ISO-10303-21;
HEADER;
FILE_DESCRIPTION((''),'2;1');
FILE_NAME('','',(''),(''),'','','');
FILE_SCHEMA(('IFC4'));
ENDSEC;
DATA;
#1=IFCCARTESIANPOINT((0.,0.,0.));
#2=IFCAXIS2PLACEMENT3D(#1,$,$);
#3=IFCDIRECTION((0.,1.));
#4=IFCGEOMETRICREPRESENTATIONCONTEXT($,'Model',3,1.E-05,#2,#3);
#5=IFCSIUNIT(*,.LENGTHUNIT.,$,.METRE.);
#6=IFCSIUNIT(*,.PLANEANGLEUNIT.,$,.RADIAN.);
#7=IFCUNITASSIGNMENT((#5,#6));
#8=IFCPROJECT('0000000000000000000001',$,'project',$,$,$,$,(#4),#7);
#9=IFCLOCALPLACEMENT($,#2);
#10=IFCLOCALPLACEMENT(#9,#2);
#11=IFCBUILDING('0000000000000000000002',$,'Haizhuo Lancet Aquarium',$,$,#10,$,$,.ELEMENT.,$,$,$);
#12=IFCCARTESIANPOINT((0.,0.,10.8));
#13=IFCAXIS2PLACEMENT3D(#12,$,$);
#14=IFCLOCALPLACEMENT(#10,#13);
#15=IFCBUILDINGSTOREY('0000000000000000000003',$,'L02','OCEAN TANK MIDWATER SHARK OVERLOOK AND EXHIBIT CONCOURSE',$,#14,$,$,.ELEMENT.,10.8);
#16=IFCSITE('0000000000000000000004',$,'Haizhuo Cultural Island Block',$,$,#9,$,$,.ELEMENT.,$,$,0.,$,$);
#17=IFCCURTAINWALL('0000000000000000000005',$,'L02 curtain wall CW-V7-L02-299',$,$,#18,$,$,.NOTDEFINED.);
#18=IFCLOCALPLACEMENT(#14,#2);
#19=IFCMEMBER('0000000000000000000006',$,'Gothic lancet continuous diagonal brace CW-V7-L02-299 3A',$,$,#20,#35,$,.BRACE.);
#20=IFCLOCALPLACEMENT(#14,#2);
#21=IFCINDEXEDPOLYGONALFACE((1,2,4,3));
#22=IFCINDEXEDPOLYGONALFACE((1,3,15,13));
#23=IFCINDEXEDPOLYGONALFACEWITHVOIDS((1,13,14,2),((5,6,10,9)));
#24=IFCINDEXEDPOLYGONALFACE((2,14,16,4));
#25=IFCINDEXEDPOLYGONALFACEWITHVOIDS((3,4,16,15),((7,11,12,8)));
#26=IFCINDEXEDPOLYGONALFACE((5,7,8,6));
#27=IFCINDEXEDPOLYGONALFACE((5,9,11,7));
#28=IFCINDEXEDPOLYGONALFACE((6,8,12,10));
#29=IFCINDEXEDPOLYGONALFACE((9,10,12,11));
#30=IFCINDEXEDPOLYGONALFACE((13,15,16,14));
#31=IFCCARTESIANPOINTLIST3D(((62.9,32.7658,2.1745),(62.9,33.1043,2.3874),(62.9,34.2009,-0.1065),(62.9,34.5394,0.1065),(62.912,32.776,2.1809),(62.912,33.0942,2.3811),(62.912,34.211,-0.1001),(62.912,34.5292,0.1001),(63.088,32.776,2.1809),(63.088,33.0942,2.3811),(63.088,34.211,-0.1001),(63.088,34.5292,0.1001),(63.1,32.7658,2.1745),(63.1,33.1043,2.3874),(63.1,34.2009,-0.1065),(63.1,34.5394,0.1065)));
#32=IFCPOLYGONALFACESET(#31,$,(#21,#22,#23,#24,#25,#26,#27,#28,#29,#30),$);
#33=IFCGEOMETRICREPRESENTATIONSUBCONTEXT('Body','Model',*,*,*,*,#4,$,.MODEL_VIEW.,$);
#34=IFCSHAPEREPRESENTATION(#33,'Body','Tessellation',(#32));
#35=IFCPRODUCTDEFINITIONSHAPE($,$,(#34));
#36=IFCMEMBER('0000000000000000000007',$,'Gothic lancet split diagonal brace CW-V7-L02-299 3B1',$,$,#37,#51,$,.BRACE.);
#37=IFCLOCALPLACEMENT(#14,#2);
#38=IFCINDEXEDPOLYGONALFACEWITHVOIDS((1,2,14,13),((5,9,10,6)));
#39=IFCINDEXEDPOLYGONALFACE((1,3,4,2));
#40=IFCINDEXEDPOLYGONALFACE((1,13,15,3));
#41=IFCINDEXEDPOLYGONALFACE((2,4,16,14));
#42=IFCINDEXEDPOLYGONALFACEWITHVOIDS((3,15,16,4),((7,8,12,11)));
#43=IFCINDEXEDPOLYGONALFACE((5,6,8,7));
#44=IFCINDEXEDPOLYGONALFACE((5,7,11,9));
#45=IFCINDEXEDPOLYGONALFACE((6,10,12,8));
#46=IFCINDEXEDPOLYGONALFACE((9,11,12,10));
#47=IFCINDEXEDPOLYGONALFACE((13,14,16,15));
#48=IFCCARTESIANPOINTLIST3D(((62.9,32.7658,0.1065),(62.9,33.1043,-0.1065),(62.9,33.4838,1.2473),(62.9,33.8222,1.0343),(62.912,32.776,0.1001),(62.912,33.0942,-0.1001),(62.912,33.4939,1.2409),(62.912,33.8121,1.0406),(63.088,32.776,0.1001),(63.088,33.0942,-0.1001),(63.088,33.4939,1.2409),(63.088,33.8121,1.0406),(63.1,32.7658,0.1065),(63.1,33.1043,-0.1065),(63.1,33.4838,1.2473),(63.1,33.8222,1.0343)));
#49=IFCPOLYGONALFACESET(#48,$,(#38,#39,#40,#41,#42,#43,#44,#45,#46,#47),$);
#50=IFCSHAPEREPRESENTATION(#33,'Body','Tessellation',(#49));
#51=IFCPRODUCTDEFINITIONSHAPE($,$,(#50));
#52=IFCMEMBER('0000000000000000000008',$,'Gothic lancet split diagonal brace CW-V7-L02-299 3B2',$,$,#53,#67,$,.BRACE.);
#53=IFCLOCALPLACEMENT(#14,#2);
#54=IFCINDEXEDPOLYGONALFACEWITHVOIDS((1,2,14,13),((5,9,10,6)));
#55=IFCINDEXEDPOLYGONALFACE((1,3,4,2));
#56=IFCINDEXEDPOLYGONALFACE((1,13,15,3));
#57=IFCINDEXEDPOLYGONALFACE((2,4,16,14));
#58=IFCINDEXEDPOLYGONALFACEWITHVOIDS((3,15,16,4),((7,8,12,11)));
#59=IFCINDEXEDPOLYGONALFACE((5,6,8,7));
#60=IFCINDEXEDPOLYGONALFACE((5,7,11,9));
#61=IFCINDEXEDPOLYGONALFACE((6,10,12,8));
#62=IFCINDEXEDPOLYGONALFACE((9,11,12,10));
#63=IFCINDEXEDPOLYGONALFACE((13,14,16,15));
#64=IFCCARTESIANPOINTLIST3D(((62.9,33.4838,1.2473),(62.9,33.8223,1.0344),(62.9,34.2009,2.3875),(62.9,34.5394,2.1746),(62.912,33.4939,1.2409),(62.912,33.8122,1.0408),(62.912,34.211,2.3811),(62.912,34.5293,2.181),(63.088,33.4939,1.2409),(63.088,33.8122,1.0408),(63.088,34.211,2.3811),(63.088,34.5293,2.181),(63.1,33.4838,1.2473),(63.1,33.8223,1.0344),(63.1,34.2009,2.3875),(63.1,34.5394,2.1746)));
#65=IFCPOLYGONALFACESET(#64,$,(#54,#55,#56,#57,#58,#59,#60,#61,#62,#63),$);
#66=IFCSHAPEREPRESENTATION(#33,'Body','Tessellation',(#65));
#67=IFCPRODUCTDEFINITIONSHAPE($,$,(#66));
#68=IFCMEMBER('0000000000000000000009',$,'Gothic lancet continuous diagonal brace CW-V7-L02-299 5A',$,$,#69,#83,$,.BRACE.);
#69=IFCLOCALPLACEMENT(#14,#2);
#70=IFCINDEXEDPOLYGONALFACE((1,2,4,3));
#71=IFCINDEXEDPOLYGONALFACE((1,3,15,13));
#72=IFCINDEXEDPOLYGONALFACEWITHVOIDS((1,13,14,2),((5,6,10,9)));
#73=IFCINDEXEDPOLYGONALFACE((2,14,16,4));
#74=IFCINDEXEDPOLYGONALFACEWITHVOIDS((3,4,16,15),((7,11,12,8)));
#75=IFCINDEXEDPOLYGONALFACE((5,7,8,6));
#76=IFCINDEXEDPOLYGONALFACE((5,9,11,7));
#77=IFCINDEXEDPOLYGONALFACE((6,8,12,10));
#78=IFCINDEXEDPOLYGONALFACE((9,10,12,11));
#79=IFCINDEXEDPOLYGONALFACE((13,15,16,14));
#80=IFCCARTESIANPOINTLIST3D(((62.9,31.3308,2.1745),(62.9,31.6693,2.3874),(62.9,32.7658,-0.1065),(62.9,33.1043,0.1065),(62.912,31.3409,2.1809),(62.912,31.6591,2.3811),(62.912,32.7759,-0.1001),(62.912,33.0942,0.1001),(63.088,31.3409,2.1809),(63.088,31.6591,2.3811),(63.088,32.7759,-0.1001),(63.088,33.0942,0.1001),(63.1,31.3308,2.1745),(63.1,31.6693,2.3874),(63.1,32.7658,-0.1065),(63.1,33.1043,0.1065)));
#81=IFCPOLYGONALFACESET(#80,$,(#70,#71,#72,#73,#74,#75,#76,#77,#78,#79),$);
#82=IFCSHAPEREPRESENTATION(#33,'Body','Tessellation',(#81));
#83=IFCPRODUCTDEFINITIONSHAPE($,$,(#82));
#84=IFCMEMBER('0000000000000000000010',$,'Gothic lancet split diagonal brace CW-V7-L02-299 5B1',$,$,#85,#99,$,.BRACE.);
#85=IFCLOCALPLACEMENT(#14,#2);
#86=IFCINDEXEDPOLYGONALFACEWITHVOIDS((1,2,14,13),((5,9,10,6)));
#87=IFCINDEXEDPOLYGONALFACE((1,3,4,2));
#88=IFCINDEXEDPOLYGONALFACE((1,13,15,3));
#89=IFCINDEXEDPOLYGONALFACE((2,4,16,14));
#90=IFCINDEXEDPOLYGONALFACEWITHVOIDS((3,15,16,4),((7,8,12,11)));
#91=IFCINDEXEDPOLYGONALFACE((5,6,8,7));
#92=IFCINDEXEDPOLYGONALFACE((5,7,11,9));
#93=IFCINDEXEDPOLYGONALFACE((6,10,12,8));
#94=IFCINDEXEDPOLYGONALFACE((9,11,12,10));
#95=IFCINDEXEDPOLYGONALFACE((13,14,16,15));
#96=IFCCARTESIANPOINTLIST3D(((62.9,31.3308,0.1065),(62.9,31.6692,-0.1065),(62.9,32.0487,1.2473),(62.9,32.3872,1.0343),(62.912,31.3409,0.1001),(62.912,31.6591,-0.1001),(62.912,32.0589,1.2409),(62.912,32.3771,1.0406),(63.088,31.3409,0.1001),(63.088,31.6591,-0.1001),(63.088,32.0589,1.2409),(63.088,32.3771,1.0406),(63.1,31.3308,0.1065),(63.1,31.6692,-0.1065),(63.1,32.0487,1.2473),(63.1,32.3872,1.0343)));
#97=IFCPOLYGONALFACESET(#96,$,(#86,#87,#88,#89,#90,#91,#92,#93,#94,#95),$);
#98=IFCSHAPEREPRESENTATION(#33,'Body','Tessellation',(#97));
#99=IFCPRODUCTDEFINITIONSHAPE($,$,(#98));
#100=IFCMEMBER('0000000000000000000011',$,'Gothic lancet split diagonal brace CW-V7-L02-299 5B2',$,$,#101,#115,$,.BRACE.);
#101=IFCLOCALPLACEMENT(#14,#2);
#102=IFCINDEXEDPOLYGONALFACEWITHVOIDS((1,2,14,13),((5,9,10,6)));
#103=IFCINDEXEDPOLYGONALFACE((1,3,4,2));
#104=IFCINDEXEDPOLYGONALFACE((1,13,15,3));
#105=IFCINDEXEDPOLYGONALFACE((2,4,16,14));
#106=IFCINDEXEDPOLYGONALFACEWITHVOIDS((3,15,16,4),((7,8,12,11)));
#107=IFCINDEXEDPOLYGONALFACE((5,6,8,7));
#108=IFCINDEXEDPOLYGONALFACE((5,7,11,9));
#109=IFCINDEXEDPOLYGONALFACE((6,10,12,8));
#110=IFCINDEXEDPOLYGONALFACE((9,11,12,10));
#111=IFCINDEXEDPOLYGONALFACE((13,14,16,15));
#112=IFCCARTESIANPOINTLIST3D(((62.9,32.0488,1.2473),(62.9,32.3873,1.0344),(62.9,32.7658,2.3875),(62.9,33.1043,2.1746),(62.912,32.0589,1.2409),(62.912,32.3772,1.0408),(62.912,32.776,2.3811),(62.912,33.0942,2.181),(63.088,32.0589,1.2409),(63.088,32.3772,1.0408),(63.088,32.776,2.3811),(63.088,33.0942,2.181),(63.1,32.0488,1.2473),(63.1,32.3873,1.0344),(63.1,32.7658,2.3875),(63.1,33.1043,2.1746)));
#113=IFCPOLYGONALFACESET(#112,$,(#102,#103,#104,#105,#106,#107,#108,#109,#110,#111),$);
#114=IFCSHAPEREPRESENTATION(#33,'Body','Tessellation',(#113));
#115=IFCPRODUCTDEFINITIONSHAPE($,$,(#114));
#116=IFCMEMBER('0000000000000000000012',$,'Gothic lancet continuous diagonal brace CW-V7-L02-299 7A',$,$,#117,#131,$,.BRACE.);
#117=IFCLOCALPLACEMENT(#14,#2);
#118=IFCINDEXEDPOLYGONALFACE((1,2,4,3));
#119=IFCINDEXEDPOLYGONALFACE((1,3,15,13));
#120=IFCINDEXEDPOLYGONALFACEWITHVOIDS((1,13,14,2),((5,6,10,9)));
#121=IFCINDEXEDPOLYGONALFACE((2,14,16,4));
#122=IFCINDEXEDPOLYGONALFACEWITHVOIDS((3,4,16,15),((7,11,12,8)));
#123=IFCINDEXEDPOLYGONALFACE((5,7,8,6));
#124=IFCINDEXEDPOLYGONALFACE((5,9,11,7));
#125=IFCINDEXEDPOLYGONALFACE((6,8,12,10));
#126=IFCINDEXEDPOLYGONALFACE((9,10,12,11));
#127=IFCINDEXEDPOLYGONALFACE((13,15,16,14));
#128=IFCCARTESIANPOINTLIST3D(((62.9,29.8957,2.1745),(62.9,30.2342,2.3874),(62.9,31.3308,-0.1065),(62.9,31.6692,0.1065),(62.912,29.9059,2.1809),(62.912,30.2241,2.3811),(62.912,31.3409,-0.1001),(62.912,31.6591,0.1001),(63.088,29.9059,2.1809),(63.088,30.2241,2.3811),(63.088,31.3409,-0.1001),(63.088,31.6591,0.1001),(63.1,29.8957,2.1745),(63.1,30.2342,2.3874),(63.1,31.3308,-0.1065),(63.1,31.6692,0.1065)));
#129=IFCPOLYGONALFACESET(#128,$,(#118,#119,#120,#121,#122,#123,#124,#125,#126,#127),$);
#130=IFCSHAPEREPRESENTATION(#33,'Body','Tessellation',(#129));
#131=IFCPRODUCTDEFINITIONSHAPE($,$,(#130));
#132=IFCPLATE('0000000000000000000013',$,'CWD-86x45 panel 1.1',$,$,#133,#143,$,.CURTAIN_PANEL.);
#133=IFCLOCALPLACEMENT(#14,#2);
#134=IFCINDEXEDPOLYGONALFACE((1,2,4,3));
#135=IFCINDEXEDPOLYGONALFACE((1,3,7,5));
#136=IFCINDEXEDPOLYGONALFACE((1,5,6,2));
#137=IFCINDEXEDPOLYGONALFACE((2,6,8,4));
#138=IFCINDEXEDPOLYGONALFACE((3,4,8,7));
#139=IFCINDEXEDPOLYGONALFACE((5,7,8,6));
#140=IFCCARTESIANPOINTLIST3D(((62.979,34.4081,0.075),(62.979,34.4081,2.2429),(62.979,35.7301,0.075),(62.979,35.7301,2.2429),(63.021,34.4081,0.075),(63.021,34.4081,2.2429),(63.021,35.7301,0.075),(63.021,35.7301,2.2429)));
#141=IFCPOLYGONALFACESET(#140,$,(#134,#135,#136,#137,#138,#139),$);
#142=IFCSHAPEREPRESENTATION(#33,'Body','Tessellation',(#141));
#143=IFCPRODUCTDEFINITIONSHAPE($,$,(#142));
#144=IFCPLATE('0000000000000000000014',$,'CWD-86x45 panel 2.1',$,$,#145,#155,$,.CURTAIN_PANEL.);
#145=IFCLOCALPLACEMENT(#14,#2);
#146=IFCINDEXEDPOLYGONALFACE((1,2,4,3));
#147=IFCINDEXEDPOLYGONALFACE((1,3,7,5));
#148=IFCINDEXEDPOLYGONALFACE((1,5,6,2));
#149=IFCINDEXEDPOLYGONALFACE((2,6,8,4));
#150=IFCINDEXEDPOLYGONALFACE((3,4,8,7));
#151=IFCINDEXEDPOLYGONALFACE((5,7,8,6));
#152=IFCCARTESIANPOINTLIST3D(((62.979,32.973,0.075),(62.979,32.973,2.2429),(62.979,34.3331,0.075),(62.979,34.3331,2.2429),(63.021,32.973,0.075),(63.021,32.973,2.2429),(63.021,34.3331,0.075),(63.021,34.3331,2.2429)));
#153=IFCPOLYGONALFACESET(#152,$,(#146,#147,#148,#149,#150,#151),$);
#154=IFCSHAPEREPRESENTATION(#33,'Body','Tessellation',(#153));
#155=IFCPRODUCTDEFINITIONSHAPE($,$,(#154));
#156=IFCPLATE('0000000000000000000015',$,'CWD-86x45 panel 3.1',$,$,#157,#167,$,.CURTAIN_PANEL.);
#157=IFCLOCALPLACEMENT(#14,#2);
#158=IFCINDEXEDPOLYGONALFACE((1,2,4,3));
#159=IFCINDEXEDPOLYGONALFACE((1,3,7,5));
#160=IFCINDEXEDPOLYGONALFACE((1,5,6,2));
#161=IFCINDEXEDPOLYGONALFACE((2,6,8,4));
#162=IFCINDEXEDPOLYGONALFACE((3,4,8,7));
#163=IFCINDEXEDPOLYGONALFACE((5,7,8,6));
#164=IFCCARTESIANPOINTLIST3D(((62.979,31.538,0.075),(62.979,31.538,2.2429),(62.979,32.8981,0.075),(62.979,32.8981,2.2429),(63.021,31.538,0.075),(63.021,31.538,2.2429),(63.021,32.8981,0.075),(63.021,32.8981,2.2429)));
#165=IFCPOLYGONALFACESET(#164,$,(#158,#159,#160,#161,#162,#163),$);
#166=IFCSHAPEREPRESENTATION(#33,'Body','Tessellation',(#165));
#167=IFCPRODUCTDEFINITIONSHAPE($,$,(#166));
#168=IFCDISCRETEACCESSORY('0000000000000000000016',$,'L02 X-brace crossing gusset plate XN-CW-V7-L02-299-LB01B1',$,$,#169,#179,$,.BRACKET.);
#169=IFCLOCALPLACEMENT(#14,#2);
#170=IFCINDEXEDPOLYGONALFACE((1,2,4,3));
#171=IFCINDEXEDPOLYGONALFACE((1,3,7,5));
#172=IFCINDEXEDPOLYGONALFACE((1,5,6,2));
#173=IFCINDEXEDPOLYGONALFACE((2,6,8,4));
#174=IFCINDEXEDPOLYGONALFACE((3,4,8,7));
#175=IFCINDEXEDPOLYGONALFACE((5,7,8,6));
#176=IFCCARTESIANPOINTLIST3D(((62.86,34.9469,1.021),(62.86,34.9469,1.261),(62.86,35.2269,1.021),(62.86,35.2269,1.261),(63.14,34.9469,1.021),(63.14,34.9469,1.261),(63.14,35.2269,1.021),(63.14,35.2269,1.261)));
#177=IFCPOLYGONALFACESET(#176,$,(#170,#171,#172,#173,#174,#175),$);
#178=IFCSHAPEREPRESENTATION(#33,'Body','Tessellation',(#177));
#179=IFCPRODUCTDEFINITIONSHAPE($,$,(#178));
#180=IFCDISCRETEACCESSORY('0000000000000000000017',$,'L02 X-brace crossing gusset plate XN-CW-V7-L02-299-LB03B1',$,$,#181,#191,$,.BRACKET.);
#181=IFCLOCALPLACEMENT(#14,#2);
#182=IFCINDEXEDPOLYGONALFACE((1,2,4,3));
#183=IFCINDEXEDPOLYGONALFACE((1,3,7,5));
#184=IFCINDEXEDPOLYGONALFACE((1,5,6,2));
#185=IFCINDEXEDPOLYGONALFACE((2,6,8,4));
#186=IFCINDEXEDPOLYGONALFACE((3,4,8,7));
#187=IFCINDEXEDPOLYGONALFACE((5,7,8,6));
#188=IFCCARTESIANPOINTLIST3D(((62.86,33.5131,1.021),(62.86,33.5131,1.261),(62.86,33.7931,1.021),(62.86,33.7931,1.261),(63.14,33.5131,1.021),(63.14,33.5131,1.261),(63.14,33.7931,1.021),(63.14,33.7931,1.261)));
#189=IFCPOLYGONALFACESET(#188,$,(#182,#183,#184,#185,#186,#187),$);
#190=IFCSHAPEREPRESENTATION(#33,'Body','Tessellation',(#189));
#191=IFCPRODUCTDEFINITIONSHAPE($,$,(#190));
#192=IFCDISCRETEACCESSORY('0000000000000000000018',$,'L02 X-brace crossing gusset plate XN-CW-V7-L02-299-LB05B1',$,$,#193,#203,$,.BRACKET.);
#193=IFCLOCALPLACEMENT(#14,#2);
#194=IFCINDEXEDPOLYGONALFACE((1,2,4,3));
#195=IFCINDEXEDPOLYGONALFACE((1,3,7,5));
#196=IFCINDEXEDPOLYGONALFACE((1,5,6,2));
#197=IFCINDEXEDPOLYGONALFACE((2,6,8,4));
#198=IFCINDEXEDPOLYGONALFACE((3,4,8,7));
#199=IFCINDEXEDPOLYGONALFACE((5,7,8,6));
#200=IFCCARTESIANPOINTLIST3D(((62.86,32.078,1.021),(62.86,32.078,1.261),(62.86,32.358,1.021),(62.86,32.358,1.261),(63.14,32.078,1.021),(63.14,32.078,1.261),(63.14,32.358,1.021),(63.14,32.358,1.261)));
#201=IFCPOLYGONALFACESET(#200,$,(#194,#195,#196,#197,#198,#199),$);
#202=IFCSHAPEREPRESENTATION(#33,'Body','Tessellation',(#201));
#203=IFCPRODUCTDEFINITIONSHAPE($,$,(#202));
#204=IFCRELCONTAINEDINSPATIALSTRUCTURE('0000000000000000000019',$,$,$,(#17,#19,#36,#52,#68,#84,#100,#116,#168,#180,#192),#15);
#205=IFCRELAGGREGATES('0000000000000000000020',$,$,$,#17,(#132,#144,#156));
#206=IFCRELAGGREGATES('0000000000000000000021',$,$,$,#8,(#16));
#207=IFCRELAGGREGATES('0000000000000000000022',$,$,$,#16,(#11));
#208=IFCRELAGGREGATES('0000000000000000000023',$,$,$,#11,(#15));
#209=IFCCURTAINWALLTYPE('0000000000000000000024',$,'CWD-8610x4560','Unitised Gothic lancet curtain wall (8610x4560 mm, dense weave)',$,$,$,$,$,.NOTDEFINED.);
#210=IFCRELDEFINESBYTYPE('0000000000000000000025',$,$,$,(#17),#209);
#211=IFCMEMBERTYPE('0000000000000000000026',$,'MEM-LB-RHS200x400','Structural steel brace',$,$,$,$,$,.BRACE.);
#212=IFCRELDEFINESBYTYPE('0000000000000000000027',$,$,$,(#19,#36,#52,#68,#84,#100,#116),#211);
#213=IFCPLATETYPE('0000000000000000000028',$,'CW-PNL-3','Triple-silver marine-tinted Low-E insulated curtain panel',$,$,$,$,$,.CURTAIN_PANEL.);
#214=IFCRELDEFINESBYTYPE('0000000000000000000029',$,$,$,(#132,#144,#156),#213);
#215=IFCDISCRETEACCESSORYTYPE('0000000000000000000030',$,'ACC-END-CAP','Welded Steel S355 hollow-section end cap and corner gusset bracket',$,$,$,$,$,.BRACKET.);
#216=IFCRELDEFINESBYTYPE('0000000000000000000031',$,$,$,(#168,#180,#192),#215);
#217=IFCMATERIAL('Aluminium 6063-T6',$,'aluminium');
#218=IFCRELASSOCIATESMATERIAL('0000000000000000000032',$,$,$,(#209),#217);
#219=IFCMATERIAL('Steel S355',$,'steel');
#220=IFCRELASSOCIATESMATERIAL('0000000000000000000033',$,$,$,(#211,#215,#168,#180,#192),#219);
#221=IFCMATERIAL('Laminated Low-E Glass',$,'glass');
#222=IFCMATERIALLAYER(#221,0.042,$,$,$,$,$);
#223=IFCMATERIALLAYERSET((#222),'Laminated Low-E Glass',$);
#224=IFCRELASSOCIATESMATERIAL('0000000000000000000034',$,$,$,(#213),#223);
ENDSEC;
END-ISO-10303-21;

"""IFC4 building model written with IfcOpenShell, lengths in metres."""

from ifc_helpers import new_model, si_unit, direction, frame, origin, origin_2d, place, context, subcontext, project, spatial, rectangle, hollow_rectangle, extrude, material, layer, layer_set, material_profile, profile_set, type_object, element, aggregate, save


model = new_model("IFC4")

# Units and contexts
model_context = context("Model", 3, precision=1e-05, world=origin(), true_north=direction((0.0, 1.0)))
body_context = subcontext(model_context, "Body", "Model", "MODEL_VIEW")
ifc_project = project(units=[si_unit("LENGTHUNIT", "METRE"), si_unit("PLANEANGLEUNIT", "RADIAN")], contexts=[model_context])

# Site, building, storey
site_placement = place(None, origin())
site = spatial("IfcSite", under=ifc_project, at=site_placement, Name="Haizhuo Cultural Island Block", CompositionType="ELEMENT", RefElevation=0.0)
building_placement = place(site_placement, origin())
building = spatial("IfcBuilding", under=site, at=building_placement, Name="Haizhuo Lancet Aquarium", CompositionType="ELEMENT")
storey_placement = place(building_placement, frame((0.0, 0.0, 10.8)))
storey = spatial("IfcBuildingStorey", under=building, at=storey_placement, Name="L02", Description="OCEAN TANK MIDWATER SHARK OVERLOOK AND EXHIBIT CONCOURSE", CompositionType="ELEMENT", Elevation=10.8)

# Curtain wall
ifc_material_1 = material(Name="Aluminium 6063-T6", Category="aluminium")
curtain_wall_type = type_object("IfcCurtainWallType", Name="CWD-8610x4560", Description="Unitised Gothic lancet curtain wall (8610x4560 mm, dense weave)", PredefinedType="NOTDEFINED", material=ifc_material_1)
curtain_wall_placement = place(storey_placement, origin())
curtain_wall = element("IfcCurtainWall", 1, at=curtain_wall_placement, inside=storey, type_object=curtain_wall_type, Name="L02 curtain wall CW-V7-L02-299", PredefinedType="NOTDEFINED")

# Members
ifc_material_2 = material(Name="Steel S355", Category="steel")
ifc_material_profile_1 = material_profile(ifc_material_2, hollow_rectangle(XDim=0.2, YDim=0.3999, WallThickness=0.012, at=origin_2d()), Name="RHS 200x400x12")
ifc_profile_set_1 = profile_set([ifc_material_profile_1], Name="Steel S355")
member_type_1 = type_object("IfcMemberType", Name="MEM-LB-RHS200x400", Description="Structural steel brace", PredefinedType="BRACE", material=ifc_profile_set_1)
member_1_placement = place(storey_placement, frame((63.0, 34.3701, 0.0), z_axis=(0.0, -0.532513, 0.846422), x_axis=(1.0, 0.0, 0.0)))
element("IfcMember", 2, at=member_1_placement, inside=storey, type_object=member_type_1, Name="Gothic lancet continuous diagonal brace CW-V7-L02-299 3A", PredefinedType="BRACE", context=body_context, shape_type="SweptSolid", body=[
    extrude(hollow_rectangle(XDim=0.2, YDim=0.3999, WallThickness=0.012, at=origin_2d()), origin(), (0.0, 0.0, 1.0), 2.6948),
])
member_2_placement = place(storey_placement, frame((63.0, 32.9351, 0.0), z_axis=(0.0, 0.53265, 0.846336), x_axis=(-1.0, 0.0, 0.0)))
element("IfcMember", 3, at=member_2_placement, inside=storey, type_object=member_type_1, Name="Gothic lancet split diagonal brace CW-V7-L02-299 3B1", PredefinedType="BRACE", context=body_context, shape_type="SweptSolid", body=[
    extrude(hollow_rectangle(XDim=0.2, YDim=0.3999, WallThickness=0.012, at=origin_2d()), origin(), (0.0, 0.0, 1.0), 1.3479),
])
member_3_placement = place(storey_placement, frame((63.0, 33.6531, 1.1409), z_axis=(0.0, 0.532376, 0.846508), x_axis=(-1.0, 0.0, 0.0)))
element("IfcMember", 4, at=member_3_placement, inside=storey, type_object=member_type_1, Name="Gothic lancet split diagonal brace CW-V7-L02-299 3B2", PredefinedType="BRACE", context=body_context, shape_type="SweptSolid", body=[
    extrude(hollow_rectangle(XDim=0.2, YDim=0.3999, WallThickness=0.012, at=origin_2d()), origin(), (0.0, 0.0, 1.0), 1.3469),
])
member_4_placement = place(storey_placement, frame((63.0, 32.9351, 0.0), z_axis=(0.0, -0.532513, 0.846422), x_axis=(1.0, 0.0, 0.0)))
element("IfcMember", 5, at=member_4_placement, inside=storey, type_object=member_type_1, Name="Gothic lancet continuous diagonal brace CW-V7-L02-299 5A", PredefinedType="BRACE", context=body_context, shape_type="SweptSolid", body=[
    extrude(hollow_rectangle(XDim=0.2, YDim=0.3999, WallThickness=0.012, at=origin_2d()), origin(), (0.0, 0.0, 1.0), 2.6948),
])
member_5_placement = place(storey_placement, frame((63.0, 31.5, 0.0), z_axis=(0.0, 0.53265, 0.846336), x_axis=(-1.0, 0.0, 0.0)))
element("IfcMember", 6, at=member_5_placement, inside=storey, type_object=member_type_1, Name="Gothic lancet split diagonal brace CW-V7-L02-299 5B1", PredefinedType="BRACE", context=body_context, shape_type="SweptSolid", body=[
    extrude(hollow_rectangle(XDim=0.2, YDim=0.3999, WallThickness=0.012, at=origin_2d()), origin(), (0.0, 0.0, 1.0), 1.3479),
])
member_6_placement = place(storey_placement, frame((63.0, 32.218, 1.1409), z_axis=(0.0, 0.532376, 0.846508), x_axis=(-1.0, 0.0, 0.0)))
element("IfcMember", 7, at=member_6_placement, inside=storey, type_object=member_type_1, Name="Gothic lancet split diagonal brace CW-V7-L02-299 5B2", PredefinedType="BRACE", context=body_context, shape_type="SweptSolid", body=[
    extrude(hollow_rectangle(XDim=0.2, YDim=0.3999, WallThickness=0.012, at=origin_2d()), origin(), (0.0, 0.0, 1.0), 1.3469),
])
member_7_placement = place(storey_placement, frame((63.0, 31.5, 0.0), z_axis=(0.0, -0.532513, 0.846422), x_axis=(1.0, 0.0, 0.0)))
element("IfcMember", 8, at=member_7_placement, inside=storey, type_object=member_type_1, Name="Gothic lancet continuous diagonal brace CW-V7-L02-299 7A", PredefinedType="BRACE", context=body_context, shape_type="SweptSolid", body=[
    extrude(hollow_rectangle(XDim=0.2, YDim=0.3999, WallThickness=0.012, at=origin_2d()), origin(), (0.0, 0.0, 1.0), 2.6948),
])

# Plates
ifc_material_3 = material(Name="Laminated Low-E Glass", Category="glass")
ifc_layer = layer(ifc_material_3, 0.042)
ifc_layer_set = layer_set([ifc_layer], Name="Laminated Low-E Glass")
plate_type = type_object("IfcPlateType", Name="CW-PNL-3", Description="Triple-silver marine-tinted Low-E insulated curtain panel", PredefinedType="CURTAIN_PANEL", material=ifc_layer_set)
plate_1_placement = place(storey_placement, frame((63.0, 35.0691, 0.075), z_axis=(0.0, 0.0, 1.0), x_axis=(0.0, -1.0, 0.0)))
plate_1 = element("IfcPlate", 9, at=plate_1_placement, type_object=plate_type, Name="CWD-86x45 panel 1.1", PredefinedType="CURTAIN_PANEL", context=body_context, shape_type="SweptSolid", body=[
    extrude(rectangle(XDim=1.322, YDim=0.042, at=origin_2d()), origin(), (0.0, 0.0, 1.0), 2.168),
])
plate_2_placement = place(storey_placement, frame((63.0, 33.6531, 0.075), z_axis=(0.0, 0.0, 1.0), x_axis=(0.0, -1.0, 0.0)))
plate_2 = element("IfcPlate", 10, at=plate_2_placement, type_object=plate_type, Name="CWD-86x45 panel 2.1", PredefinedType="CURTAIN_PANEL", context=body_context, shape_type="SweptSolid", body=[
    extrude(rectangle(XDim=1.3601, YDim=0.042, at=origin_2d()), origin(), (0.0, 0.0, 1.0), 2.168),
])
plate_3_placement = place(storey_placement, frame((63.0, 32.218, 0.075), z_axis=(0.0, 0.0, 1.0), x_axis=(0.0, -1.0, 0.0)))
plate_3 = element("IfcPlate", 11, at=plate_3_placement, type_object=plate_type, Name="CWD-86x45 panel 3.1", PredefinedType="CURTAIN_PANEL", context=body_context, shape_type="SweptSolid", body=[
    extrude(rectangle(XDim=1.3601, YDim=0.042, at=origin_2d()), origin(), (0.0, 0.0, 1.0), 2.168),
])
aggregate(curtain_wall, [plate_1, plate_2, plate_3])

# Discrete accessories
discrete_accessory_type = type_object("IfcDiscreteAccessoryType", Name="ACC-END-CAP", Description="Welded Steel S355 hollow-section end cap and corner gusset bracket", PredefinedType="BRACKET", material=ifc_material_2)
for number, where, z_axis, x_axis, name in (
    (12, (63.0, 35.0869, 1.021), (0.0, 0.0, 1.0), (1.0, 0.0, 0.0), "L02 X-brace crossing gusset plate XN-CW-V7-L02-299-LB01B1"),
    (13, (63.0, 33.6531, 1.021), (0.0, 0.0, 1.0), (1.0, 0.0, 0.0), "L02 X-brace crossing gusset plate XN-CW-V7-L02-299-LB03B1"),
    (14, (63.0, 32.218, 1.021), (0.0, 0.0, 1.0), (1.0, 0.0, 0.0), "L02 X-brace crossing gusset plate XN-CW-V7-L02-299-LB05B1"),
):
    element("IfcDiscreteAccessory", number, at=place(storey_placement, frame(where, z_axis=z_axis, x_axis=x_axis)), inside=storey, type_object=discrete_accessory_type, material=ifc_material_2, Name=name, PredefinedType="BRACKET", context=body_context, shape_type="SweptSolid", body=[
        extrude(rectangle(XDim=0.28, YDim=0.28, at=origin_2d()), origin(), (0.0, 0.0, 1.0), 0.24),
    ])

save(model, "model.ifc")
